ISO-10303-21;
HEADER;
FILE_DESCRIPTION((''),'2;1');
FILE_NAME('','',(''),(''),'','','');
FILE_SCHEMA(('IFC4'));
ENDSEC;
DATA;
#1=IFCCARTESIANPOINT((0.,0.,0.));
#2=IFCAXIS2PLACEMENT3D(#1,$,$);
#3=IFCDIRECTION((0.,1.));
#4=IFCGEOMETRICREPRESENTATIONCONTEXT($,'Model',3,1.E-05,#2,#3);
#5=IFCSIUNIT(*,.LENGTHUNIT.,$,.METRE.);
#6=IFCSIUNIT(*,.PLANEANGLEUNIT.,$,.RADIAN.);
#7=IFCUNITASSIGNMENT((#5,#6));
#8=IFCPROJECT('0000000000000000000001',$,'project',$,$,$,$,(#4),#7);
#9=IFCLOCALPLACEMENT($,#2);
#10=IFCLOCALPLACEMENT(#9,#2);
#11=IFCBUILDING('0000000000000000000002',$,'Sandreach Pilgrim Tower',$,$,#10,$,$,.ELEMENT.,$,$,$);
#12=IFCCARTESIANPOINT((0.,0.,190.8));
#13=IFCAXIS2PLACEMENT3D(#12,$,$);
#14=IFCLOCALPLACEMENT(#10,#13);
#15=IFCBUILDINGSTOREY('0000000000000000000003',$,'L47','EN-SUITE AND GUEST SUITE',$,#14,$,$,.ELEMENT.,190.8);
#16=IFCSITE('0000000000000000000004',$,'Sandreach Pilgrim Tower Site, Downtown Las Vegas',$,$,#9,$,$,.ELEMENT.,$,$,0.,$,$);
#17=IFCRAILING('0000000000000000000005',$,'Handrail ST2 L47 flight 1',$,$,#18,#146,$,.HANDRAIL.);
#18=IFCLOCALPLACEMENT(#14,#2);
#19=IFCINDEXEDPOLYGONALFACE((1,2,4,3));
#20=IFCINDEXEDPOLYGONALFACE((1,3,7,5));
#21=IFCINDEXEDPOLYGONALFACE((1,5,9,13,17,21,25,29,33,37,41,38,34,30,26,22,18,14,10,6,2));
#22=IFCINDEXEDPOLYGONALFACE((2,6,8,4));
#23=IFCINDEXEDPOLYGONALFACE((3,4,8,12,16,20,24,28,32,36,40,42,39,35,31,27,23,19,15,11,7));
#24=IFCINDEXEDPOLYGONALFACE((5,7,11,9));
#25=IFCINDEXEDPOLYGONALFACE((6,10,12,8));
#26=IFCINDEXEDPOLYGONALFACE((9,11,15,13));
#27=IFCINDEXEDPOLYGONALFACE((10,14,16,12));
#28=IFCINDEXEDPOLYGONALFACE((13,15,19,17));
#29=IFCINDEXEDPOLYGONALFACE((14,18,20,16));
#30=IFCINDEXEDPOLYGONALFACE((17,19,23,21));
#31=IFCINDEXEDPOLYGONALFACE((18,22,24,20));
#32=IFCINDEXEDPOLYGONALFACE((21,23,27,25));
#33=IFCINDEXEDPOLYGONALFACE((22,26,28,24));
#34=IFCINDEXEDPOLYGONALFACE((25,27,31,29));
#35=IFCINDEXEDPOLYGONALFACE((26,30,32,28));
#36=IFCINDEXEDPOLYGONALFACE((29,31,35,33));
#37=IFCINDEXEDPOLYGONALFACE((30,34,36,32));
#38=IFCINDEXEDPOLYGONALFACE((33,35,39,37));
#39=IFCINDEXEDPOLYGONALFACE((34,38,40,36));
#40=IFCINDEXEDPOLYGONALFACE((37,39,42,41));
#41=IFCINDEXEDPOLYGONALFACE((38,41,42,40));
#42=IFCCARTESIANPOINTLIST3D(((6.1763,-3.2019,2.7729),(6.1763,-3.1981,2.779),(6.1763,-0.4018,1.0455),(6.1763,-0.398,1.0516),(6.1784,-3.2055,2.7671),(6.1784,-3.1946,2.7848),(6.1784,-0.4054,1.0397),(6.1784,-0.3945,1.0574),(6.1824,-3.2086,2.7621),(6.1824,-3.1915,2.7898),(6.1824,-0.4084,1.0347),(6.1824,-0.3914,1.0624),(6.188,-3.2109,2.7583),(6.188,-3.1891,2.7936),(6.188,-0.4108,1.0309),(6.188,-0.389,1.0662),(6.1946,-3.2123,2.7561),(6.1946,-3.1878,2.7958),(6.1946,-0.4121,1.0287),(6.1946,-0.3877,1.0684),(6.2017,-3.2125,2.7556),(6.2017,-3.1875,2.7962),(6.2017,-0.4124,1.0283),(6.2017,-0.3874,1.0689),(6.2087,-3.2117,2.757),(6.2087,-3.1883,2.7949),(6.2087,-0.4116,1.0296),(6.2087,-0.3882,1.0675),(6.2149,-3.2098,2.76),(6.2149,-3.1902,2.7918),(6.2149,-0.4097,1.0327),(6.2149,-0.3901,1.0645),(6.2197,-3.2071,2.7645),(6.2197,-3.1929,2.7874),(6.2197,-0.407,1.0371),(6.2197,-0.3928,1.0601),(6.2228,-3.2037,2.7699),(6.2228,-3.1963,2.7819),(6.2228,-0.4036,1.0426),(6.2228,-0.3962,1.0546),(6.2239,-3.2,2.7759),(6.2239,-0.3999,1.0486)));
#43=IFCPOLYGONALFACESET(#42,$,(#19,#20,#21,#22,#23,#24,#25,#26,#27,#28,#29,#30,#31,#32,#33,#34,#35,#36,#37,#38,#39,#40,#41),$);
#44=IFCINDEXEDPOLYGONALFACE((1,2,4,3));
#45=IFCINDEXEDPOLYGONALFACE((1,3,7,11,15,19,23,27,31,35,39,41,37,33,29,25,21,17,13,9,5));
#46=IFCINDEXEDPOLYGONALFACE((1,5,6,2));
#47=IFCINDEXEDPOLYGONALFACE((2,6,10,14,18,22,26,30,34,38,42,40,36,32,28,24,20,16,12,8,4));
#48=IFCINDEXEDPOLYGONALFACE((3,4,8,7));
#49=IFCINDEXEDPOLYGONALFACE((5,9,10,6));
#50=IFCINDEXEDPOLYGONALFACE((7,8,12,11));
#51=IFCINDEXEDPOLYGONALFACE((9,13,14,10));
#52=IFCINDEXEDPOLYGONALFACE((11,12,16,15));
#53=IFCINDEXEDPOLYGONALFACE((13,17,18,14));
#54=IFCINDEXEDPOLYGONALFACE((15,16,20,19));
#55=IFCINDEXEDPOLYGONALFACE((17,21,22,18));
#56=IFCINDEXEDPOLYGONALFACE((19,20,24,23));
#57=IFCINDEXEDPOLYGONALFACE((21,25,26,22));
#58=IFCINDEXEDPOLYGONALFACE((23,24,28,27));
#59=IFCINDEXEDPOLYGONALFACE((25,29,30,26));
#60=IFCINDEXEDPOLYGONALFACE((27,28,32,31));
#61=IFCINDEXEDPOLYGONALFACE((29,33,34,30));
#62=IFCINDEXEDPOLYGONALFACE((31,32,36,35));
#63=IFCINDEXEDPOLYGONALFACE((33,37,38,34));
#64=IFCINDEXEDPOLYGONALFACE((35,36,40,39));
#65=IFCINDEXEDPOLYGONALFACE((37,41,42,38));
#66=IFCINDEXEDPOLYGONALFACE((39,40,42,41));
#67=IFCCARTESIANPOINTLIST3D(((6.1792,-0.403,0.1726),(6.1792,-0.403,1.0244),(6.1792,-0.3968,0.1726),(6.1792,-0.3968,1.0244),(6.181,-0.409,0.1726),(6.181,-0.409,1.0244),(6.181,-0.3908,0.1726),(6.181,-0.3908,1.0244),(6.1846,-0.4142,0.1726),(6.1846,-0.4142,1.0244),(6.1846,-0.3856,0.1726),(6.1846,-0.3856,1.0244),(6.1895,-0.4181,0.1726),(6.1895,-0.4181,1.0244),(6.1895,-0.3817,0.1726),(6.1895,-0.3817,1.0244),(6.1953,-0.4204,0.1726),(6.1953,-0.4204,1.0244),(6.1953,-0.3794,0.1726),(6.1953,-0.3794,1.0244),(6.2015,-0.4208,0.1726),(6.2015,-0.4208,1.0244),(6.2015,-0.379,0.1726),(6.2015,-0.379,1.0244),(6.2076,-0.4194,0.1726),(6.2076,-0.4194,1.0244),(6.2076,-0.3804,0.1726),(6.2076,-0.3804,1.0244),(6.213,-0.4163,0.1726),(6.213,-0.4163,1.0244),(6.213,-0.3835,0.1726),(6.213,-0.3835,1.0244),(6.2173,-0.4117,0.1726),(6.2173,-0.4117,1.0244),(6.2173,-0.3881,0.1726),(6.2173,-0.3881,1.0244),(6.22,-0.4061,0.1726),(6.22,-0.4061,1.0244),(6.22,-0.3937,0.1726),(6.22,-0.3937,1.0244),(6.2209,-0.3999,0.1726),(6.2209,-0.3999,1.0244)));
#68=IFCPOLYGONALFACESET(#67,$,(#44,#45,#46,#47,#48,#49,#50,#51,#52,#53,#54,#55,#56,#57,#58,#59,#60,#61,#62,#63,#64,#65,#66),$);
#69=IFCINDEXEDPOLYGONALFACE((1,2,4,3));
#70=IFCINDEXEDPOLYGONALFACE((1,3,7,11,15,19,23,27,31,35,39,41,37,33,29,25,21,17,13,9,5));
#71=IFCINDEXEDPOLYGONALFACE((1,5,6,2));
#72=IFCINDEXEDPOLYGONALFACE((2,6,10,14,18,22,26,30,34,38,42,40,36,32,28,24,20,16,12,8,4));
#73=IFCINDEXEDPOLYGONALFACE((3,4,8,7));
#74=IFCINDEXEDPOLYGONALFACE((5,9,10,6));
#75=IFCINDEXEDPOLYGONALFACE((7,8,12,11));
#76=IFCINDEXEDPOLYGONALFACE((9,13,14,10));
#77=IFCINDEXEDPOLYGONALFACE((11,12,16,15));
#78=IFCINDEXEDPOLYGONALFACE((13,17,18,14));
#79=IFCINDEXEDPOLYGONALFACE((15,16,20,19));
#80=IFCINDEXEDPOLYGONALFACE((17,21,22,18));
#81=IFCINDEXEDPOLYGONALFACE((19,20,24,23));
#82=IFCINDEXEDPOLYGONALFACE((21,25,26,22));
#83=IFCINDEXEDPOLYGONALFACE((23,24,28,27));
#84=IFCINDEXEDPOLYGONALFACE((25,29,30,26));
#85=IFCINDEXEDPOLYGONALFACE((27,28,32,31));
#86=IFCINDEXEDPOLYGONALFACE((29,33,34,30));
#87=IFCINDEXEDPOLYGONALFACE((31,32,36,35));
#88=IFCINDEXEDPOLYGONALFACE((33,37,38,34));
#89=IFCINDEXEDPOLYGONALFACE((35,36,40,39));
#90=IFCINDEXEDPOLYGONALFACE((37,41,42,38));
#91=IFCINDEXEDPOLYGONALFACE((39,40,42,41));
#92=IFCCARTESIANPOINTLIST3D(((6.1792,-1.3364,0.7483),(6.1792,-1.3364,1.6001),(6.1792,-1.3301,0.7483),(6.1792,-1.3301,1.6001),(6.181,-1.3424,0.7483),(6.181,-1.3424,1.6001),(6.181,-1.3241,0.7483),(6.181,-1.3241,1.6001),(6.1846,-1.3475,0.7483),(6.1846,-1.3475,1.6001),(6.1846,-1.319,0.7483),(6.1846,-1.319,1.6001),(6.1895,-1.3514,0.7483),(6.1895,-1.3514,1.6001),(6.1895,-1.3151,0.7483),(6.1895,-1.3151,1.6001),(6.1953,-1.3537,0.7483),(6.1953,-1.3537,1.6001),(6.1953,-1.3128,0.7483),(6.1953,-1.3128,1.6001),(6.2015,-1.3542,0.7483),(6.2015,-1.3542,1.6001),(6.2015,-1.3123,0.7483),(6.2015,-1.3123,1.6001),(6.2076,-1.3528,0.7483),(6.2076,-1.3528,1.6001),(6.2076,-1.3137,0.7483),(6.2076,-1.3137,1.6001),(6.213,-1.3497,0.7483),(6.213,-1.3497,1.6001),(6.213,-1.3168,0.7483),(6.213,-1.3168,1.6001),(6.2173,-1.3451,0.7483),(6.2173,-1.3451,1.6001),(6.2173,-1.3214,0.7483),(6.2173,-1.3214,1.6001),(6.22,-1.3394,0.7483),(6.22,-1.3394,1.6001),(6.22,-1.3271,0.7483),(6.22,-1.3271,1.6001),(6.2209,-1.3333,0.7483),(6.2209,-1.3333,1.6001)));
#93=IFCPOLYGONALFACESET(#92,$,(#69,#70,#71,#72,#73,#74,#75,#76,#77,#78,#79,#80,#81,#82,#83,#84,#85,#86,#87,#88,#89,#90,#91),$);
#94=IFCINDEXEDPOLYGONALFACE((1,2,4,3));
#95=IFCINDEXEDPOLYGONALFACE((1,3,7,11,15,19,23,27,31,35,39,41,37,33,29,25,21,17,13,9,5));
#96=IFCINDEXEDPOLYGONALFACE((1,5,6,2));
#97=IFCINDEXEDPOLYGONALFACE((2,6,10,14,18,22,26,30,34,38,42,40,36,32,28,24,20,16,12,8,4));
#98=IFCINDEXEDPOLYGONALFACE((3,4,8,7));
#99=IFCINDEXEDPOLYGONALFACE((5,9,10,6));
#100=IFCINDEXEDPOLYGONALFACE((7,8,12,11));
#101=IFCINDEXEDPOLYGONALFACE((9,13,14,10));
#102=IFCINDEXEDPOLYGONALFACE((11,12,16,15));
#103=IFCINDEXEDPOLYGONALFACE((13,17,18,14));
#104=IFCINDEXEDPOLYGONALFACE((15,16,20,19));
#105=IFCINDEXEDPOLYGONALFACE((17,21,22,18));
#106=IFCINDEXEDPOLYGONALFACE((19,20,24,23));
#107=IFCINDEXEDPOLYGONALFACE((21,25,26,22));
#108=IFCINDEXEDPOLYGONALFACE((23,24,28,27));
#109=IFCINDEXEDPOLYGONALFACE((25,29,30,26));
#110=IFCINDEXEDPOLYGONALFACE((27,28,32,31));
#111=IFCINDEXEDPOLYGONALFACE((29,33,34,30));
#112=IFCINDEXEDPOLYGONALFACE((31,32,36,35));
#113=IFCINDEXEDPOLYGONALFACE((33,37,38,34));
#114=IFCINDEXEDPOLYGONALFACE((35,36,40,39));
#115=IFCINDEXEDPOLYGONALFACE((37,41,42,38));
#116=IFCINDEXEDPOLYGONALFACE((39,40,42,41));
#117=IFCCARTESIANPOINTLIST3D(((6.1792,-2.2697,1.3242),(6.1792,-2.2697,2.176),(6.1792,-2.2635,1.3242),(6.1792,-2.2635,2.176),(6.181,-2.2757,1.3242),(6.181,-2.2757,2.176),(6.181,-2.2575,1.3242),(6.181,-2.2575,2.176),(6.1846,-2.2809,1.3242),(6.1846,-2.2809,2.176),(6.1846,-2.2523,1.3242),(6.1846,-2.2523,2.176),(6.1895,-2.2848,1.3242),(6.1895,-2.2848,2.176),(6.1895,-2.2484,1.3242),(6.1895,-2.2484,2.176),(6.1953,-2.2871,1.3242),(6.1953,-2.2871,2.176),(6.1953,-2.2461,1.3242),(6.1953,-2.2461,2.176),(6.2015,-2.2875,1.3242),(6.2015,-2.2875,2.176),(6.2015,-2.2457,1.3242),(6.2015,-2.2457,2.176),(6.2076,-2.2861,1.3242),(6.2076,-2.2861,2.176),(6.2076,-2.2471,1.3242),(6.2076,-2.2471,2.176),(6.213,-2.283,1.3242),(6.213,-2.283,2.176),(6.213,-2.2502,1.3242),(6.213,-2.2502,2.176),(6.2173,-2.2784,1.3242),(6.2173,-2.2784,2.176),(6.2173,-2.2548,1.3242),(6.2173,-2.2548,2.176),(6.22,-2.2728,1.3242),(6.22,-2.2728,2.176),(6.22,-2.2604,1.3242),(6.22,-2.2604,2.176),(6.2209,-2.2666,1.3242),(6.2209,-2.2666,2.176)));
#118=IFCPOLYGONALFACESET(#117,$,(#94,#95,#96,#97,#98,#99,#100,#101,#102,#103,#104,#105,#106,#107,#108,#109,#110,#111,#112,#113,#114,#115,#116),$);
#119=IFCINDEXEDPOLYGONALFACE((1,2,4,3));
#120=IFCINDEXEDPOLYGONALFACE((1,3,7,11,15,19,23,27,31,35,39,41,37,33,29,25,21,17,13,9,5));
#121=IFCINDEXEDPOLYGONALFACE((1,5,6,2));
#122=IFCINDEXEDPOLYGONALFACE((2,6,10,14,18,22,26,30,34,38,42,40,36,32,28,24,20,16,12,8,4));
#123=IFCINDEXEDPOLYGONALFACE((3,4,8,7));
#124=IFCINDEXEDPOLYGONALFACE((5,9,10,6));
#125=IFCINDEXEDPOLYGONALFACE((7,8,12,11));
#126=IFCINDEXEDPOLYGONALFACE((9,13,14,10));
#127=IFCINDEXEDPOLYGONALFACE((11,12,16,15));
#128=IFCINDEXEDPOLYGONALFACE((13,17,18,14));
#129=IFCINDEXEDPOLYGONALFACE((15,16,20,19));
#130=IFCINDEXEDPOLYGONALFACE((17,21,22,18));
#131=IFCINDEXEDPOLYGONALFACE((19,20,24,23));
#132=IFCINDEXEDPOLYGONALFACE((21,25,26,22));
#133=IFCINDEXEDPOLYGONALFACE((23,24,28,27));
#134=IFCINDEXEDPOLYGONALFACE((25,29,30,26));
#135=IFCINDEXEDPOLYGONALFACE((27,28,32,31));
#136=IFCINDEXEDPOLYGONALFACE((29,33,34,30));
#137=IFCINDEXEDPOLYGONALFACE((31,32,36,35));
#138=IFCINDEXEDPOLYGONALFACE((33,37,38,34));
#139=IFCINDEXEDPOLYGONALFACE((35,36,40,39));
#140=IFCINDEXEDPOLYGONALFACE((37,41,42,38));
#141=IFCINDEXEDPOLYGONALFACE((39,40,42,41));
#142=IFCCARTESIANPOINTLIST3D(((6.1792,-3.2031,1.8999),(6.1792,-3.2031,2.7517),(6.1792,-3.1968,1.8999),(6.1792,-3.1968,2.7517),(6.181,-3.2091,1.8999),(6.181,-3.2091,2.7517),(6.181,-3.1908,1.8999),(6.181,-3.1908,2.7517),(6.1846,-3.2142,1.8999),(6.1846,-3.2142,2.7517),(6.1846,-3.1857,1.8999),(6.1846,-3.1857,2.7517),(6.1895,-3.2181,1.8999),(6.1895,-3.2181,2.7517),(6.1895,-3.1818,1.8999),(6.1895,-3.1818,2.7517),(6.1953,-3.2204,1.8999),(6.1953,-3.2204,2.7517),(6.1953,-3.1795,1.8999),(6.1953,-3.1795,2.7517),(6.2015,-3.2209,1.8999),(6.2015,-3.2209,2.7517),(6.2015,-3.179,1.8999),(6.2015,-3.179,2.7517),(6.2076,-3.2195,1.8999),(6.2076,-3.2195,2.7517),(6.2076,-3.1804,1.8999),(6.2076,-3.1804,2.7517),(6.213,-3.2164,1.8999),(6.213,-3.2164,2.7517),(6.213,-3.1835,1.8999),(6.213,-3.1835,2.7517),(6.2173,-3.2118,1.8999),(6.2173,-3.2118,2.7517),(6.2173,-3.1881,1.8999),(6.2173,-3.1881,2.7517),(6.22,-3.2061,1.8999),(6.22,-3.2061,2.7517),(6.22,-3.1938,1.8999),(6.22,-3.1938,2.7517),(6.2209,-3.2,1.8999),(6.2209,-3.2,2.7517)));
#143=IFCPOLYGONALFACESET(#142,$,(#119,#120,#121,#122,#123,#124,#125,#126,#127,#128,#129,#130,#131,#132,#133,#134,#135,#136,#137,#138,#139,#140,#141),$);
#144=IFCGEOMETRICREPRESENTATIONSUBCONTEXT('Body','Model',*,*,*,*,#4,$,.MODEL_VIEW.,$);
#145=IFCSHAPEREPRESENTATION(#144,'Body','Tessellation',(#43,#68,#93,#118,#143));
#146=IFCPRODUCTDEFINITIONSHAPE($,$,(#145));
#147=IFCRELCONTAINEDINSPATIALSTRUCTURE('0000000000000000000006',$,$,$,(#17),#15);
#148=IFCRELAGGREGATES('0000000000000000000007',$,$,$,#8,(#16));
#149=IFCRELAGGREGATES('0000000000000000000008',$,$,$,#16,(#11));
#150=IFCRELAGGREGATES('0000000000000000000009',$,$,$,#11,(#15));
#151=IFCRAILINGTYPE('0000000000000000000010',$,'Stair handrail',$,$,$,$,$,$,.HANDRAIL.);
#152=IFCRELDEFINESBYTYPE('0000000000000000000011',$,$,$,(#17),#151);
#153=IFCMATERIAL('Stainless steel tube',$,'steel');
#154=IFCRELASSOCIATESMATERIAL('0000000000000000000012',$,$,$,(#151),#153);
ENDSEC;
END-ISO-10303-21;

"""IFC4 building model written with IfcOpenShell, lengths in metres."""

from ifc_helpers import new_model, si_unit, direction, frame, origin, origin_2d, place, context, subcontext, project, spatial, circle, extrude, material, type_object, element, save


model = new_model("IFC4")

# Units and contexts
model_context = context("Model", 3, precision=1e-05, world=origin(), true_north=direction((0.0, 1.0)))
body_context = subcontext(model_context, "Body", "Model", "MODEL_VIEW")
ifc_project = project(units=[si_unit("LENGTHUNIT", "METRE"), si_unit("PLANEANGLEUNIT", "RADIAN")], contexts=[model_context])

# Site, building, storey
site_placement = place(None, origin())
site = spatial("IfcSite", under=ifc_project, at=site_placement, Name="Sandreach Pilgrim Tower Site, Downtown Las Vegas", CompositionType="ELEMENT", RefElevation=0.0)
building_placement = place(site_placement, origin())
building = spatial("IfcBuilding", under=site, at=building_placement, Name="Sandreach Pilgrim Tower", CompositionType="ELEMENT")
storey_placement = place(building_placement, frame((0.0, 0.0, 190.8)))
storey = spatial("IfcBuildingStorey", under=building, at=storey_placement, Name="L47", Description="EN-SUITE AND GUEST SUITE", CompositionType="ELEMENT", Elevation=190.8)

# Railing
ifc_material_1 = material(Name="Stainless steel tube", Category="steel")
railing_type = type_object("IfcRailingType", Name="Stair handrail", PredefinedType="HANDRAIL", material=ifc_material_1)
for number, where, name in (
    (1, (6.2, -0.3999, 0.1726), "Handrail ST2 L47 flight 1"),
):
    element("IfcRailing", number, at=place(storey_placement, frame(where)), inside=storey, type_object=railing_type, Name=name, PredefinedType="HANDRAIL", context=body_context, shape_type="SweptSolid", body=[
        extrude(circle(Radius=0.0239, at=origin_2d()), frame((0.0, 0.0, 0.876), z_axis=(0.0, -0.85109, 0.52502), x_axis=(1.0, 0.0, 0.0)), (0.0, 0.0, 1.0), 3.29),
        extrude(circle(Radius=0.021, at=origin_2d()), origin(), (0.0, 0.0, 1.0), 0.8518),
        extrude(circle(Radius=0.021, at=origin_2d()), frame((0.0, -0.9333, 0.5757)), (0.0, 0.0, 1.0), 0.8518),
        extrude(circle(Radius=0.021, at=origin_2d()), frame((0.0, -1.8667, 1.1516)), (0.0, 0.0, 1.0), 0.8518),
        extrude(circle(Radius=0.021, at=origin_2d()), frame((0.0, -2.8, 1.7273)), (0.0, 0.0, 1.0), 0.8518),
    ])

save(model, "model.ifc")
